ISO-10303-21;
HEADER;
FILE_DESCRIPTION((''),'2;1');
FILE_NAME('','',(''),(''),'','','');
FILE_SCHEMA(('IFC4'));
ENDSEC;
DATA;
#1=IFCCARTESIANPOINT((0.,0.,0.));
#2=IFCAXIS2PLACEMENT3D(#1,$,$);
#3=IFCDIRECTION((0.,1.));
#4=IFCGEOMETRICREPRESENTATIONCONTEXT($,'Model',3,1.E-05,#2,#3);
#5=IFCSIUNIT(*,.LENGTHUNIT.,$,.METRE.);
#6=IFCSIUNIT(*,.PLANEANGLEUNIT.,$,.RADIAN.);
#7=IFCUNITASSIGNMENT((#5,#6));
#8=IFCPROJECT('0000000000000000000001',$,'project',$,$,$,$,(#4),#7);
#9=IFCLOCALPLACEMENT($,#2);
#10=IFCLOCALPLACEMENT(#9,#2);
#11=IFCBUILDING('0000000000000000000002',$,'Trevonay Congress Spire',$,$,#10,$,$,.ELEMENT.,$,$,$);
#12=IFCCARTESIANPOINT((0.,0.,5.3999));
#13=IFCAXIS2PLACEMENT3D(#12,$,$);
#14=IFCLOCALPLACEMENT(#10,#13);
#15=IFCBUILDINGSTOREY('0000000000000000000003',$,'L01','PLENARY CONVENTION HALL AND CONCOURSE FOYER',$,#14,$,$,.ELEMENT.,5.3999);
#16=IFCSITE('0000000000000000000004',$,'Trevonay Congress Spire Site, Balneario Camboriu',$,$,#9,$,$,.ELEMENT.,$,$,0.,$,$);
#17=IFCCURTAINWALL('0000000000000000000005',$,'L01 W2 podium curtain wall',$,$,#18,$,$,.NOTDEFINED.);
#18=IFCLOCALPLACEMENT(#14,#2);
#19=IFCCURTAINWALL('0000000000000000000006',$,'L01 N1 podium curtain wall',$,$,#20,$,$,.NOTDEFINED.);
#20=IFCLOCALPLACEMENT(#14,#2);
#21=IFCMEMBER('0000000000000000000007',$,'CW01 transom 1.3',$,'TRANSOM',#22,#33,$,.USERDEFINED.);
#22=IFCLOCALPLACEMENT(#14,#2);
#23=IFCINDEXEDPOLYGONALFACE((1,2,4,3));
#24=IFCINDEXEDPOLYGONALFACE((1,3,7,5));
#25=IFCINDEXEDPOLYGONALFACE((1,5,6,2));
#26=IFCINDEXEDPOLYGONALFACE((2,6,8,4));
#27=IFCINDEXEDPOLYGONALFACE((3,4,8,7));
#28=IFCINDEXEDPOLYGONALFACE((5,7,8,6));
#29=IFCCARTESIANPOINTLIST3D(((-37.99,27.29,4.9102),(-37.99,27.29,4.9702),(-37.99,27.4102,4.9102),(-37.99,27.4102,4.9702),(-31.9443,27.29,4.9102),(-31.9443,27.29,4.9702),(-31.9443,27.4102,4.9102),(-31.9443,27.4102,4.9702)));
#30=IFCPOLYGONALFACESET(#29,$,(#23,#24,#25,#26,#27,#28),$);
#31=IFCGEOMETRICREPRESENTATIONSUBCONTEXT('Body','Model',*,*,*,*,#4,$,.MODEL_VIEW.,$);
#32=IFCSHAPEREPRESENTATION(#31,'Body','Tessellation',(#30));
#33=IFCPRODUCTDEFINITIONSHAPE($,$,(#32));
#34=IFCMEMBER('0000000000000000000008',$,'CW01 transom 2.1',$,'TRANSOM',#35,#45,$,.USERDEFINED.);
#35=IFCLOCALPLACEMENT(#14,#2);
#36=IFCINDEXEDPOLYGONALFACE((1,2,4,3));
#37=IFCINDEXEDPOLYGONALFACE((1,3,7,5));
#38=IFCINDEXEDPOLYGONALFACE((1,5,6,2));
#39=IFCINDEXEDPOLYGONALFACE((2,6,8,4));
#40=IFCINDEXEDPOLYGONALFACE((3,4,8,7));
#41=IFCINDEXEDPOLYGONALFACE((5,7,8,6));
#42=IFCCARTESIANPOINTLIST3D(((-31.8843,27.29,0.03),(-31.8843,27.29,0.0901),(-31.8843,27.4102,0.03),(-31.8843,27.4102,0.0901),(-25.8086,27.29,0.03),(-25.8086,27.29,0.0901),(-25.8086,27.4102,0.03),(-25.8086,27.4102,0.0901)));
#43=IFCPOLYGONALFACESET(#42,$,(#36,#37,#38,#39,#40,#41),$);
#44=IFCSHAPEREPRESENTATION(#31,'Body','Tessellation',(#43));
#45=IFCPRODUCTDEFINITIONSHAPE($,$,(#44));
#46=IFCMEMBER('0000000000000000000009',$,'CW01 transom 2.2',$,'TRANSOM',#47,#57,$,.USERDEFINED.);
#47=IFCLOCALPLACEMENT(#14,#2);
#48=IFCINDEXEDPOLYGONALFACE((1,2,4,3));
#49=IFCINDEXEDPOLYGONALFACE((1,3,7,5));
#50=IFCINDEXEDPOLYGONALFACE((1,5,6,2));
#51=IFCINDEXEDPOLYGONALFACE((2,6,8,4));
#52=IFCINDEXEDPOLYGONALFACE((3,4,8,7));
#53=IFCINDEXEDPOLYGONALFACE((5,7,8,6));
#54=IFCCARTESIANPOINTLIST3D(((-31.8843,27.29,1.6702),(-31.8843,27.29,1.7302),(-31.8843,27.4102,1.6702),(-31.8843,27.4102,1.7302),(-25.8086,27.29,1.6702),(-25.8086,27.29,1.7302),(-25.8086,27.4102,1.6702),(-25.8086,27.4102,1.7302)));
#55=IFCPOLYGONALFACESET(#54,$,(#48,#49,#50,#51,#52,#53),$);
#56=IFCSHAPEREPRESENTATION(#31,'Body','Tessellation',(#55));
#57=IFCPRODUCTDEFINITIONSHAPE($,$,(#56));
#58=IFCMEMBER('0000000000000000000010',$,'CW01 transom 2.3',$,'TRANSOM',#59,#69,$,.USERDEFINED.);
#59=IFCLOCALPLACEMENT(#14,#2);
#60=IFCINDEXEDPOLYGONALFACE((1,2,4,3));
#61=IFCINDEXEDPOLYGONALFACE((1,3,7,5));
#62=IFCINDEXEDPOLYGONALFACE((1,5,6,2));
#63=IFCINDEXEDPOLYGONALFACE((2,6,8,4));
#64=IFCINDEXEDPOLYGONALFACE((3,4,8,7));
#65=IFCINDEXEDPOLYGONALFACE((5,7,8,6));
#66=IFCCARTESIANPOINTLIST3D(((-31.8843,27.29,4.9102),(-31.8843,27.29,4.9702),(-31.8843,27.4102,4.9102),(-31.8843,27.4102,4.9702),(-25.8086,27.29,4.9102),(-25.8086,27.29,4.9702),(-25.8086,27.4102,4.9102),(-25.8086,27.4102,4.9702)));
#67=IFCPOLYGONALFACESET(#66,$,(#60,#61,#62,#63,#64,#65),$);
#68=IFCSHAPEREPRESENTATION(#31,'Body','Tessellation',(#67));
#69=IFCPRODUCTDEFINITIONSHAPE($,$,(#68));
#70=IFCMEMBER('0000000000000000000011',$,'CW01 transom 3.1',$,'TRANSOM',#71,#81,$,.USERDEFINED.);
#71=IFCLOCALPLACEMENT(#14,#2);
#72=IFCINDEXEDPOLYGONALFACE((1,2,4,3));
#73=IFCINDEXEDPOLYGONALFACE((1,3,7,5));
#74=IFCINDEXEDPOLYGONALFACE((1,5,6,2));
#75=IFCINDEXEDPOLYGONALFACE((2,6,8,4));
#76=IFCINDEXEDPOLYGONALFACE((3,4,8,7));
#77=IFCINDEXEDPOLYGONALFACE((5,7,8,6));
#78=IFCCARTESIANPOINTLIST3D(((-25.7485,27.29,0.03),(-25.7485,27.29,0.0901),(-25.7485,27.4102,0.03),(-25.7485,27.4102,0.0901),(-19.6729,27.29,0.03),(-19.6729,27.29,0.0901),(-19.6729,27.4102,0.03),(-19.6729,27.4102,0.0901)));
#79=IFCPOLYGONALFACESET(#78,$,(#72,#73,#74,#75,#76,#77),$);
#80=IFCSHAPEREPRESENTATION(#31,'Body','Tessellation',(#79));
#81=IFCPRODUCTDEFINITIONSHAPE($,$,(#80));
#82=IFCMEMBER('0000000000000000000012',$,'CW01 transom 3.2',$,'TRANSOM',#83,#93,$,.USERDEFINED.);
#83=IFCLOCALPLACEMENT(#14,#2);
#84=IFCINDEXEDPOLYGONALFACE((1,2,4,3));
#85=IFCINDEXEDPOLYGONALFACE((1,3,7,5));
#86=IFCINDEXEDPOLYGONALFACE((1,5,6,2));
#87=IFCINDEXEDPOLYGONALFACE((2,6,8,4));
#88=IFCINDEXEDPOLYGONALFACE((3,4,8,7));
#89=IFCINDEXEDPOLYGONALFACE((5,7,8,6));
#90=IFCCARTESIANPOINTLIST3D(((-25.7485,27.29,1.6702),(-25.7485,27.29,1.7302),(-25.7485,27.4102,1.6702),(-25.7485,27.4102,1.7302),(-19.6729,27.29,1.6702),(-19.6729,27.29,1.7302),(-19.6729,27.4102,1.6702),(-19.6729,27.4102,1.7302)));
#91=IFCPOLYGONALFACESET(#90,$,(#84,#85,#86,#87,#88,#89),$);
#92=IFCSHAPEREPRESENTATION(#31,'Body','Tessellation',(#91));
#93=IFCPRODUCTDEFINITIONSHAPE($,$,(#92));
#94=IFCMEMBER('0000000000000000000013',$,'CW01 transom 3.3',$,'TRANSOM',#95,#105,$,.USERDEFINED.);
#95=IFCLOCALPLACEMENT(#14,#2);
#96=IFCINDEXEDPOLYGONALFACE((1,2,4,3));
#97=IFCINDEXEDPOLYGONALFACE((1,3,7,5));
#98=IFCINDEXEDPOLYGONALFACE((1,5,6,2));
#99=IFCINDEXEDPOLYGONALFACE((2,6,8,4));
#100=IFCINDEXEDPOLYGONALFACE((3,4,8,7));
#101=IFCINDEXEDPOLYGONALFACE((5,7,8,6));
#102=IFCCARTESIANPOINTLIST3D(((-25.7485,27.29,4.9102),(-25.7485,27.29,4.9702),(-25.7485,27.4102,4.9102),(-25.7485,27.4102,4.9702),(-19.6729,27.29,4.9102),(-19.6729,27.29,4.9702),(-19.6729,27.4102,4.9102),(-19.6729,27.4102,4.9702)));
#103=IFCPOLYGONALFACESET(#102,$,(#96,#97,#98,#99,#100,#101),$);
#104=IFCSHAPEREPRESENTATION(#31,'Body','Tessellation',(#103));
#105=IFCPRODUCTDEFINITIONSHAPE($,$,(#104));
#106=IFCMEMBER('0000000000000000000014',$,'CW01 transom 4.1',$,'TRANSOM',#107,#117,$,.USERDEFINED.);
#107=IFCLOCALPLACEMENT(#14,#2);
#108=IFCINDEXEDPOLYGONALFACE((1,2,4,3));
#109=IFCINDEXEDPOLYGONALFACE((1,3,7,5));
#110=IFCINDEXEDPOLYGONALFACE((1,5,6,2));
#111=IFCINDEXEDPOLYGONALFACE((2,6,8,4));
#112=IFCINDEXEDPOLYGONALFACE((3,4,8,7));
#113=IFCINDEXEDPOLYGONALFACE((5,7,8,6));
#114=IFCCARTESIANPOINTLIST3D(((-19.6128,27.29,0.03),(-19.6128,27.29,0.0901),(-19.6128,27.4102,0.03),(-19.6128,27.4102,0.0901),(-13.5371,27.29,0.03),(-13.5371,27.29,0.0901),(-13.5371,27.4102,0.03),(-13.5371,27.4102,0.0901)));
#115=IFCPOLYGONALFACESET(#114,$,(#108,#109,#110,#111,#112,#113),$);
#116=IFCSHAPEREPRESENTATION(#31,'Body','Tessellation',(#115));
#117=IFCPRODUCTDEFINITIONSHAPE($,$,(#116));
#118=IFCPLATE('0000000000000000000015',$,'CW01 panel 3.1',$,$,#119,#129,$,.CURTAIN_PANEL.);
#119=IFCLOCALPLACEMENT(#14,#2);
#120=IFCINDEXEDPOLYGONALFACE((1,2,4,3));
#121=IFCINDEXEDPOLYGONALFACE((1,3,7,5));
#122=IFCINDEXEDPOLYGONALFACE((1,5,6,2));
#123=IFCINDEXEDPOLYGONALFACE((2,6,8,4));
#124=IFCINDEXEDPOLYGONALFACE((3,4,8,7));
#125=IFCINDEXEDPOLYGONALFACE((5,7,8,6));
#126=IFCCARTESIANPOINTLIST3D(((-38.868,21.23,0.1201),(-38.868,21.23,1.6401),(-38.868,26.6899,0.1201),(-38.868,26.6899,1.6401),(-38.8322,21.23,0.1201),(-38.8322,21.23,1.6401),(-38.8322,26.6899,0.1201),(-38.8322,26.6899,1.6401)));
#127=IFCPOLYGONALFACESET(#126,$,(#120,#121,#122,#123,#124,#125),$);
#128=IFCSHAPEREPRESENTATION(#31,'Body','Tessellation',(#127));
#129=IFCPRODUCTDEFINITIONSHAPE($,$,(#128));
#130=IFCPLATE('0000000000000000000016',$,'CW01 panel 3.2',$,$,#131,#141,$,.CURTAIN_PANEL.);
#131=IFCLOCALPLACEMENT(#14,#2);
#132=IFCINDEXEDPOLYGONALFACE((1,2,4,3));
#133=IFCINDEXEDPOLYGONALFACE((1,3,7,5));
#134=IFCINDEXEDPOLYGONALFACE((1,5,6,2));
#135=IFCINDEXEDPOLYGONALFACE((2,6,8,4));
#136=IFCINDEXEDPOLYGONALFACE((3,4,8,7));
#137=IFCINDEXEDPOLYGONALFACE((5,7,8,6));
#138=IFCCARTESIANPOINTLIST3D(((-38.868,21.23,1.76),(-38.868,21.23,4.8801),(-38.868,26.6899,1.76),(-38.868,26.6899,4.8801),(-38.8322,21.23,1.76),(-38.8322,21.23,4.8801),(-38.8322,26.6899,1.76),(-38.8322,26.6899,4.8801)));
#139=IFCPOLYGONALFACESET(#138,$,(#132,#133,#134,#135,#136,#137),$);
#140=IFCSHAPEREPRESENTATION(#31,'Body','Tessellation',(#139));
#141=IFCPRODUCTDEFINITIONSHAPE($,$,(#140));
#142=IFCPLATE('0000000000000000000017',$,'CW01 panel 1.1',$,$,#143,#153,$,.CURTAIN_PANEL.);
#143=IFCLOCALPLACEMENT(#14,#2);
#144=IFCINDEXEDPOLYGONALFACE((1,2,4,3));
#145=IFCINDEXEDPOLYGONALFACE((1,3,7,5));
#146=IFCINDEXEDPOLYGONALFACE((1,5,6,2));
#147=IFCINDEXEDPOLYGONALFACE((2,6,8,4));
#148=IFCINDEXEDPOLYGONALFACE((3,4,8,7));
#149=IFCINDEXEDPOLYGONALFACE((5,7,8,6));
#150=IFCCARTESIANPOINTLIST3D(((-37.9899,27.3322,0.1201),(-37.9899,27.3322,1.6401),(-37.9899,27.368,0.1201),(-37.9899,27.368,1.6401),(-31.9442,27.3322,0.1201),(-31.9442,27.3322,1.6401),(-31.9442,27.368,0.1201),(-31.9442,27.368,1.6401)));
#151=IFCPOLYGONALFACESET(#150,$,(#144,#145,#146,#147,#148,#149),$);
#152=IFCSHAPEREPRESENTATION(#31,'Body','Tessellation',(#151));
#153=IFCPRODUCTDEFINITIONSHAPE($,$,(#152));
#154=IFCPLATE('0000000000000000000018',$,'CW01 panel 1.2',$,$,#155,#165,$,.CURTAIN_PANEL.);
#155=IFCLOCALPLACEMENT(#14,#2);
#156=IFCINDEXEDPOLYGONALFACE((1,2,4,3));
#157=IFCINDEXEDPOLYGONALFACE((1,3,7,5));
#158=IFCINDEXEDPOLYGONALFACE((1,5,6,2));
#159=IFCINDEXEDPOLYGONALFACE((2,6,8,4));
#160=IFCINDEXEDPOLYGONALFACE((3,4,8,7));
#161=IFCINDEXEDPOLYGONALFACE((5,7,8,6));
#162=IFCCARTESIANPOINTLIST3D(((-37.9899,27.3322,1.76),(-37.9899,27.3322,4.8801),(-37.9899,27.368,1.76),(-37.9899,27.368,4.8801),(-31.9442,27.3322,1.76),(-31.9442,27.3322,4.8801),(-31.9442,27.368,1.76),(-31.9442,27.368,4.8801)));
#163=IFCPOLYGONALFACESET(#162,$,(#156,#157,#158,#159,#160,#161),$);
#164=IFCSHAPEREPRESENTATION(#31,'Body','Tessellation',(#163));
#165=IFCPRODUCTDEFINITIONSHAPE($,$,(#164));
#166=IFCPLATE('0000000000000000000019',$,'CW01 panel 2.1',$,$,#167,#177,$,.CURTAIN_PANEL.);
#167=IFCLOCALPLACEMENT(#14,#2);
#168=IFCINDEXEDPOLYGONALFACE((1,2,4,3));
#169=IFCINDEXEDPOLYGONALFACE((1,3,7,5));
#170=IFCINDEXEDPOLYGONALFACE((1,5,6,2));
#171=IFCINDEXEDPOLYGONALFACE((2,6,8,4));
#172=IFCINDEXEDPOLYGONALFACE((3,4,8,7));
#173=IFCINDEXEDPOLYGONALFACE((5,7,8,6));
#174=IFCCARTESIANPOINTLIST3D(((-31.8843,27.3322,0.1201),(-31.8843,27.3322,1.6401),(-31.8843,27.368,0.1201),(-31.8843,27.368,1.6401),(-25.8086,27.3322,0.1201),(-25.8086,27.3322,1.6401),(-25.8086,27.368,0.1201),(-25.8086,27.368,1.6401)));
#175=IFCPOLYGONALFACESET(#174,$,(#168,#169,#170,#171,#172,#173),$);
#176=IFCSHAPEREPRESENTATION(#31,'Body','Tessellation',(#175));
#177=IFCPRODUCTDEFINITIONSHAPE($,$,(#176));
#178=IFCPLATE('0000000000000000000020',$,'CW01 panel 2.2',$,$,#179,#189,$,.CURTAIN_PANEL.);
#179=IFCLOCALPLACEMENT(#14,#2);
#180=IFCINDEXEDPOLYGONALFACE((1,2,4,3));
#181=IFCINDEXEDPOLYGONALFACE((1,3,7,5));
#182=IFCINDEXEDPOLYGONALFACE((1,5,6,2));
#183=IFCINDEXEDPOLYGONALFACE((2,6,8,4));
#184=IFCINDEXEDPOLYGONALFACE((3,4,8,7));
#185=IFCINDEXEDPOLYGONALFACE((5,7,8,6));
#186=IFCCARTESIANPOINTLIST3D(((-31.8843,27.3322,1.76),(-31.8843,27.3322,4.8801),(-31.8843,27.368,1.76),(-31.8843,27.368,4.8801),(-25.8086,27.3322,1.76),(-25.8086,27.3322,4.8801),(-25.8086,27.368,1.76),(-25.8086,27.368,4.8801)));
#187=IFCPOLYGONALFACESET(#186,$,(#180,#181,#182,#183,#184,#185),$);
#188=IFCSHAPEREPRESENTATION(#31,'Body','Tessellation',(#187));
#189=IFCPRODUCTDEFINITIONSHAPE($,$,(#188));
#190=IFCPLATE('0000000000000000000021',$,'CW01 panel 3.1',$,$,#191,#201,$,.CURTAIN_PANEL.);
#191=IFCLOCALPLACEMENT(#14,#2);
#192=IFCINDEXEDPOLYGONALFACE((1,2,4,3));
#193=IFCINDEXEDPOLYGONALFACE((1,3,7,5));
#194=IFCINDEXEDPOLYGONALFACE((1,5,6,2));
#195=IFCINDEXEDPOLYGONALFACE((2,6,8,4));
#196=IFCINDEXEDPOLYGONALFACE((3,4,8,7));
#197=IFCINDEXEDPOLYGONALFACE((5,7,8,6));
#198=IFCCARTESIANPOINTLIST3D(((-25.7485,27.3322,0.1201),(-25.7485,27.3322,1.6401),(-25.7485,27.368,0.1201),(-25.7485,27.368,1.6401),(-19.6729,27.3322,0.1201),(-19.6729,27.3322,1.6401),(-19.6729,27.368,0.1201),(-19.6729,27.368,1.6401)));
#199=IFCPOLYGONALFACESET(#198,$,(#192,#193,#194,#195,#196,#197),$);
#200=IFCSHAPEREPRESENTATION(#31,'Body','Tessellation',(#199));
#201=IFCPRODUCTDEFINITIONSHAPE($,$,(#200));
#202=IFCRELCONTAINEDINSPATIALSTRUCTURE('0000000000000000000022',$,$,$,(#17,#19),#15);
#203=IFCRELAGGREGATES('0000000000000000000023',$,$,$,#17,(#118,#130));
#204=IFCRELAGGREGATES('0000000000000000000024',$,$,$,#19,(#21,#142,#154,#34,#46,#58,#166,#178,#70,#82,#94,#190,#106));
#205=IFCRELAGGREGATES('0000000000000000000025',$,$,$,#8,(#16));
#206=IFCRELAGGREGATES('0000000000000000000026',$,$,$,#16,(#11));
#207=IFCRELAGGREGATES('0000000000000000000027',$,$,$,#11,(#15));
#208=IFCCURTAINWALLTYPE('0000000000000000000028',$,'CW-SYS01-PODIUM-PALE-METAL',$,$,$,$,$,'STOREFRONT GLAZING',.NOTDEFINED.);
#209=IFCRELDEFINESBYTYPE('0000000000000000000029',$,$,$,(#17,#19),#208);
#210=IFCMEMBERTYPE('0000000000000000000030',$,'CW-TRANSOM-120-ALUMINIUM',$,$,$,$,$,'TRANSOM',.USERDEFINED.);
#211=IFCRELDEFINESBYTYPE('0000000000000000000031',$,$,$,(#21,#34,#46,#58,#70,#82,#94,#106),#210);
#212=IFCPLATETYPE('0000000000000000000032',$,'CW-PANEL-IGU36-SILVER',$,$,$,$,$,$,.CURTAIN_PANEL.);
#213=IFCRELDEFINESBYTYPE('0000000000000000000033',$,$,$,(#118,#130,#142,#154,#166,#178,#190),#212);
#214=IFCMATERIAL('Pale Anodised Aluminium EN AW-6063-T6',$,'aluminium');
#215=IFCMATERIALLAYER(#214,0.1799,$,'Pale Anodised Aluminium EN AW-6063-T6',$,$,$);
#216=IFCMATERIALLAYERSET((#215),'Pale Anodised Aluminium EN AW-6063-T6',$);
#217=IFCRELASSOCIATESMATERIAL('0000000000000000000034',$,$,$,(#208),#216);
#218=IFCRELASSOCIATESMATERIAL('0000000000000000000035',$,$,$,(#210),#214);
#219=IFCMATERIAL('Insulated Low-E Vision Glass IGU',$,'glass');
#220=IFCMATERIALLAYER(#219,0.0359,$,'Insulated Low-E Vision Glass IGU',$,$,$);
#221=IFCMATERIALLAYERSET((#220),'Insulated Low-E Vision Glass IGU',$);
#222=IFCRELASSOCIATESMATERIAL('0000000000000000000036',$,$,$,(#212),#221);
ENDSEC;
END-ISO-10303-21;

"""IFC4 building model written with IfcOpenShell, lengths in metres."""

from ifc_helpers import new_model, si_unit, direction, frame, origin, origin_2d, place, context, subcontext, project, spatial, rectangle, extrude, material, layer, layer_set, material_profile, profile_set, type_object, element, aggregate, save


model = new_model("IFC4")

# Units and contexts
model_context = context("Model", 3, precision=1e-05, world=origin(), true_north=direction((0.0, 1.0)))
body_context = subcontext(model_context, "Body", "Model", "MODEL_VIEW")
ifc_project = project(units=[si_unit("LENGTHUNIT", "METRE"), si_unit("PLANEANGLEUNIT", "RADIAN")], contexts=[model_context])

# Site, building, storey
site_placement = place(None, origin())
site = spatial("IfcSite", under=ifc_project, at=site_placement, Name="Trevonay Congress Spire Site, Balneario Camboriu", CompositionType="ELEMENT", RefElevation=0.0)
building_placement = place(site_placement, origin())
building = spatial("IfcBuilding", under=site, at=building_placement, Name="Trevonay Congress Spire", CompositionType="ELEMENT")
storey_placement = place(building_placement, frame((0.0, 0.0, 5.3999)))
storey = spatial("IfcBuildingStorey", under=building, at=storey_placement, Name="L01", Description="PLENARY CONVENTION HALL AND CONCOURSE FOYER", CompositionType="ELEMENT", Elevation=5.3999)

# Curtain walls
ifc_material_1 = material(Name="Pale Anodised Aluminium EN AW-6063-T6", Category="aluminium")
ifc_layer_1 = layer(ifc_material_1, 0.1799, Name="Pale Anodised Aluminium EN AW-6063-T6")
ifc_layer_set_1 = layer_set([ifc_layer_1], Name="Pale Anodised Aluminium EN AW-6063-T6")
curtain_wall_type = type_object("IfcCurtainWallType", Name="CW-SYS01-PODIUM-PALE-METAL", ElementType="STOREFRONT GLAZING", PredefinedType="NOTDEFINED", material=ifc_layer_set_1)
curtain_wall_1_placement = place(storey_placement, origin())
curtain_wall_1 = element("IfcCurtainWall", 1, at=curtain_wall_1_placement, inside=storey, type_object=curtain_wall_type, Name="L01 W2 podium curtain wall", PredefinedType="NOTDEFINED")
curtain_wall_2_placement = place(storey_placement, origin())
curtain_wall_2 = element("IfcCurtainWall", 2, at=curtain_wall_2_placement, inside=storey, type_object=curtain_wall_type, Name="L01 N1 podium curtain wall", PredefinedType="NOTDEFINED")

# Members
ifc_material_profile_1 = material_profile(ifc_material_1, rectangle(XDim=0.1201, YDim=0.0601, at=origin_2d()), Name="CW-TRANSOM-120-ALUMINIUM")
ifc_profile_set_1 = profile_set([ifc_material_profile_1], Name="Pale Anodised Aluminium EN AW-6063-T6")
member_type_1 = type_object("IfcMemberType", Name="CW-TRANSOM-120-ALUMINIUM", ElementType="TRANSOM", PredefinedType="USERDEFINED", material=ifc_profile_set_1)
member_1_placement = place(storey_placement, frame((-37.99, 27.3501, 4.9402), z_axis=(1.0, 0.0, 0.0), x_axis=(0.0, 1.0, 0.0)))
member_1 = element("IfcMember", 3, at=member_1_placement, type_object=member_type_1, Name="CW01 transom 1.3", ObjectType="TRANSOM", PredefinedType="USERDEFINED", context=body_context, shape_type="SweptSolid", body=[
    extrude(rectangle(XDim=0.1201, YDim=0.0601, at=origin_2d()), origin(), (0.0, 0.0, 1.0), 6.0457),
])
member_2_placement = place(storey_placement, frame((-31.8843, 27.3501, 0.0601), z_axis=(1.0, 0.0, 0.0), x_axis=(0.0, 1.0, 0.0)))
member_2 = element("IfcMember", 4, at=member_2_placement, type_object=member_type_1, Name="CW01 transom 2.1", ObjectType="TRANSOM", PredefinedType="USERDEFINED", context=body_context, shape_type="SweptSolid", body=[
    extrude(rectangle(XDim=0.1201, YDim=0.0601, at=origin_2d()), origin(), (0.0, 0.0, 1.0), 6.0757),
])
member_3_placement = place(storey_placement, frame((-31.8843, 27.3501, 1.7002), z_axis=(1.0, 0.0, 0.0), x_axis=(0.0, 1.0, 0.0)))
member_3 = element("IfcMember", 5, at=member_3_placement, type_object=member_type_1, Name="CW01 transom 2.2", ObjectType="TRANSOM", PredefinedType="USERDEFINED", context=body_context, shape_type="SweptSolid", body=[
    extrude(rectangle(XDim=0.1201, YDim=0.0601, at=origin_2d()), origin(), (0.0, 0.0, 1.0), 6.0757),
])
member_4_placement = place(storey_placement, frame((-31.8843, 27.3501, 4.9402), z_axis=(1.0, 0.0, 0.0), x_axis=(0.0, 1.0, 0.0)))
member_4 = element("IfcMember", 6, at=member_4_placement, type_object=member_type_1, Name="CW01 transom 2.3", ObjectType="TRANSOM", PredefinedType="USERDEFINED", context=body_context, shape_type="SweptSolid", body=[
    extrude(rectangle(XDim=0.1201, YDim=0.0601, at=origin_2d()), origin(), (0.0, 0.0, 1.0), 6.0757),
])
member_5_placement = place(storey_placement, frame((-25.7485, 27.3501, 0.0601), z_axis=(1.0, 0.0, 0.0), x_axis=(0.0, 1.0, 0.0)))
member_5 = element("IfcMember", 7, at=member_5_placement, type_object=member_type_1, Name="CW01 transom 3.1", ObjectType="TRANSOM", PredefinedType="USERDEFINED", context=body_context, shape_type="SweptSolid", body=[
    extrude(rectangle(XDim=0.1201, YDim=0.0601, at=origin_2d()), origin(), (0.0, 0.0, 1.0), 6.0757),
])
member_6_placement = place(storey_placement, frame((-25.7485, 27.3501, 1.7002), z_axis=(1.0, 0.0, 0.0), x_axis=(0.0, 1.0, 0.0)))
member_6 = element("IfcMember", 8, at=member_6_placement, type_object=member_type_1, Name="CW01 transom 3.2", ObjectType="TRANSOM", PredefinedType="USERDEFINED", context=body_context, shape_type="SweptSolid", body=[
    extrude(rectangle(XDim=0.1201, YDim=0.0601, at=origin_2d()), origin(), (0.0, 0.0, 1.0), 6.0757),
])
member_7_placement = place(storey_placement, frame((-25.7485, 27.3501, 4.9402), z_axis=(1.0, 0.0, 0.0), x_axis=(0.0, 1.0, 0.0)))
member_7 = element("IfcMember", 9, at=member_7_placement, type_object=member_type_1, Name="CW01 transom 3.3", ObjectType="TRANSOM", PredefinedType="USERDEFINED", context=body_context, shape_type="SweptSolid", body=[
    extrude(rectangle(XDim=0.1201, YDim=0.0601, at=origin_2d()), origin(), (0.0, 0.0, 1.0), 6.0757),
])
member_8_placement = place(storey_placement, frame((-19.6128, 27.3501, 0.0601), z_axis=(1.0, 0.0, 0.0), x_axis=(0.0, 1.0, 0.0)))
member_8 = element("IfcMember", 10, at=member_8_placement, type_object=member_type_1, Name="CW01 transom 4.1", ObjectType="TRANSOM", PredefinedType="USERDEFINED", context=body_context, shape_type="SweptSolid", body=[
    extrude(rectangle(XDim=0.1201, YDim=0.0601, at=origin_2d()), origin(), (0.0, 0.0, 1.0), 6.0757),
])

# Plates
ifc_material_2 = material(Name="Insulated Low-E Vision Glass IGU", Category="glass")
ifc_layer_2 = layer(ifc_material_2, 0.0359, Name="Insulated Low-E Vision Glass IGU")
ifc_layer_set_2 = layer_set([ifc_layer_2], Name="Insulated Low-E Vision Glass IGU")
plate_type = type_object("IfcPlateType", Name="CW-PANEL-IGU36-SILVER", PredefinedType="CURTAIN_PANEL", material=ifc_layer_set_2)
plate_1_placement = place(storey_placement, frame((-38.8501, 23.96, 0.1201), z_axis=(0.0, 0.0, 1.0), x_axis=(0.0, 1.0, 0.0)))
plate_1 = element("IfcPlate", 11, at=plate_1_placement, type_object=plate_type, Name="CW01 panel 3.1", PredefinedType="CURTAIN_PANEL", context=body_context, shape_type="SweptSolid", body=[
    extrude(rectangle(XDim=5.46, YDim=0.0359, at=origin_2d()), origin(), (0.0, 0.0, 1.0), 1.52),
])
plate_2_placement = place(storey_placement, frame((-38.8501, 23.96, 1.76), z_axis=(0.0, 0.0, 1.0), x_axis=(0.0, 1.0, 0.0)))
plate_2 = element("IfcPlate", 12, at=plate_2_placement, type_object=plate_type, Name="CW01 panel 3.2", PredefinedType="CURTAIN_PANEL", context=body_context, shape_type="SweptSolid", body=[
    extrude(rectangle(XDim=5.46, YDim=0.0359, at=origin_2d()), origin(), (0.0, 0.0, 1.0), 3.1201),
])
aggregate(curtain_wall_1, [plate_1, plate_2])
plate_3_placement = place(storey_placement, frame((-34.967, 27.3501, 0.1201), z_axis=(0.0, 0.0, 1.0), x_axis=(1.0, 0.0, 0.0)))
plate_3 = element("IfcPlate", 13, at=plate_3_placement, type_object=plate_type, Name="CW01 panel 1.1", PredefinedType="CURTAIN_PANEL", context=body_context, shape_type="SweptSolid", body=[
    extrude(rectangle(XDim=6.0457, YDim=0.0359, at=origin_2d()), origin(), (0.0, 0.0, 1.0), 1.52),
])
plate_4_placement = place(storey_placement, frame((-34.967, 27.3501, 1.76), z_axis=(0.0, 0.0, 1.0), x_axis=(1.0, 0.0, 0.0)))
plate_4 = element("IfcPlate", 14, at=plate_4_placement, type_object=plate_type, Name="CW01 panel 1.2", PredefinedType="CURTAIN_PANEL", context=body_context, shape_type="SweptSolid", body=[
    extrude(rectangle(XDim=6.0457, YDim=0.0359, at=origin_2d()), origin(), (0.0, 0.0, 1.0), 3.1201),
])
plate_5_placement = place(storey_placement, frame((-28.8464, 27.3501, 0.1201), z_axis=(0.0, 0.0, 1.0), x_axis=(1.0, 0.0, 0.0)))
plate_5 = element("IfcPlate", 15, at=plate_5_placement, type_object=plate_type, Name="CW01 panel 2.1", PredefinedType="CURTAIN_PANEL", context=body_context, shape_type="SweptSolid", body=[
    extrude(rectangle(XDim=6.0757, YDim=0.0359, at=origin_2d()), origin(), (0.0, 0.0, 1.0), 1.52),
])
plate_6_placement = place(storey_placement, frame((-28.8464, 27.3501, 1.76), z_axis=(0.0, 0.0, 1.0), x_axis=(1.0, 0.0, 0.0)))
plate_6 = element("IfcPlate", 16, at=plate_6_placement, type_object=plate_type, Name="CW01 panel 2.2", PredefinedType="CURTAIN_PANEL", context=body_context, shape_type="SweptSolid", body=[
    extrude(rectangle(XDim=6.0757, YDim=0.0359, at=origin_2d()), origin(), (0.0, 0.0, 1.0), 3.1201),
])
plate_7_placement = place(storey_placement, frame((-22.7107, 27.3501, 0.1201), z_axis=(0.0, 0.0, 1.0), x_axis=(1.0, 0.0, 0.0)))
plate_7 = element("IfcPlate", 17, at=plate_7_placement, type_object=plate_type, Name="CW01 panel 3.1", PredefinedType="CURTAIN_PANEL", context=body_context, shape_type="SweptSolid", body=[
    extrude(rectangle(XDim=6.0757, YDim=0.0359, at=origin_2d()), origin(), (0.0, 0.0, 1.0), 1.52),
])
aggregate(curtain_wall_2, [member_1, plate_3, plate_4, member_2, member_3, member_4, plate_5, plate_6, member_5, member_6, member_7, plate_7, member_8])

save(model, "model.ifc")
